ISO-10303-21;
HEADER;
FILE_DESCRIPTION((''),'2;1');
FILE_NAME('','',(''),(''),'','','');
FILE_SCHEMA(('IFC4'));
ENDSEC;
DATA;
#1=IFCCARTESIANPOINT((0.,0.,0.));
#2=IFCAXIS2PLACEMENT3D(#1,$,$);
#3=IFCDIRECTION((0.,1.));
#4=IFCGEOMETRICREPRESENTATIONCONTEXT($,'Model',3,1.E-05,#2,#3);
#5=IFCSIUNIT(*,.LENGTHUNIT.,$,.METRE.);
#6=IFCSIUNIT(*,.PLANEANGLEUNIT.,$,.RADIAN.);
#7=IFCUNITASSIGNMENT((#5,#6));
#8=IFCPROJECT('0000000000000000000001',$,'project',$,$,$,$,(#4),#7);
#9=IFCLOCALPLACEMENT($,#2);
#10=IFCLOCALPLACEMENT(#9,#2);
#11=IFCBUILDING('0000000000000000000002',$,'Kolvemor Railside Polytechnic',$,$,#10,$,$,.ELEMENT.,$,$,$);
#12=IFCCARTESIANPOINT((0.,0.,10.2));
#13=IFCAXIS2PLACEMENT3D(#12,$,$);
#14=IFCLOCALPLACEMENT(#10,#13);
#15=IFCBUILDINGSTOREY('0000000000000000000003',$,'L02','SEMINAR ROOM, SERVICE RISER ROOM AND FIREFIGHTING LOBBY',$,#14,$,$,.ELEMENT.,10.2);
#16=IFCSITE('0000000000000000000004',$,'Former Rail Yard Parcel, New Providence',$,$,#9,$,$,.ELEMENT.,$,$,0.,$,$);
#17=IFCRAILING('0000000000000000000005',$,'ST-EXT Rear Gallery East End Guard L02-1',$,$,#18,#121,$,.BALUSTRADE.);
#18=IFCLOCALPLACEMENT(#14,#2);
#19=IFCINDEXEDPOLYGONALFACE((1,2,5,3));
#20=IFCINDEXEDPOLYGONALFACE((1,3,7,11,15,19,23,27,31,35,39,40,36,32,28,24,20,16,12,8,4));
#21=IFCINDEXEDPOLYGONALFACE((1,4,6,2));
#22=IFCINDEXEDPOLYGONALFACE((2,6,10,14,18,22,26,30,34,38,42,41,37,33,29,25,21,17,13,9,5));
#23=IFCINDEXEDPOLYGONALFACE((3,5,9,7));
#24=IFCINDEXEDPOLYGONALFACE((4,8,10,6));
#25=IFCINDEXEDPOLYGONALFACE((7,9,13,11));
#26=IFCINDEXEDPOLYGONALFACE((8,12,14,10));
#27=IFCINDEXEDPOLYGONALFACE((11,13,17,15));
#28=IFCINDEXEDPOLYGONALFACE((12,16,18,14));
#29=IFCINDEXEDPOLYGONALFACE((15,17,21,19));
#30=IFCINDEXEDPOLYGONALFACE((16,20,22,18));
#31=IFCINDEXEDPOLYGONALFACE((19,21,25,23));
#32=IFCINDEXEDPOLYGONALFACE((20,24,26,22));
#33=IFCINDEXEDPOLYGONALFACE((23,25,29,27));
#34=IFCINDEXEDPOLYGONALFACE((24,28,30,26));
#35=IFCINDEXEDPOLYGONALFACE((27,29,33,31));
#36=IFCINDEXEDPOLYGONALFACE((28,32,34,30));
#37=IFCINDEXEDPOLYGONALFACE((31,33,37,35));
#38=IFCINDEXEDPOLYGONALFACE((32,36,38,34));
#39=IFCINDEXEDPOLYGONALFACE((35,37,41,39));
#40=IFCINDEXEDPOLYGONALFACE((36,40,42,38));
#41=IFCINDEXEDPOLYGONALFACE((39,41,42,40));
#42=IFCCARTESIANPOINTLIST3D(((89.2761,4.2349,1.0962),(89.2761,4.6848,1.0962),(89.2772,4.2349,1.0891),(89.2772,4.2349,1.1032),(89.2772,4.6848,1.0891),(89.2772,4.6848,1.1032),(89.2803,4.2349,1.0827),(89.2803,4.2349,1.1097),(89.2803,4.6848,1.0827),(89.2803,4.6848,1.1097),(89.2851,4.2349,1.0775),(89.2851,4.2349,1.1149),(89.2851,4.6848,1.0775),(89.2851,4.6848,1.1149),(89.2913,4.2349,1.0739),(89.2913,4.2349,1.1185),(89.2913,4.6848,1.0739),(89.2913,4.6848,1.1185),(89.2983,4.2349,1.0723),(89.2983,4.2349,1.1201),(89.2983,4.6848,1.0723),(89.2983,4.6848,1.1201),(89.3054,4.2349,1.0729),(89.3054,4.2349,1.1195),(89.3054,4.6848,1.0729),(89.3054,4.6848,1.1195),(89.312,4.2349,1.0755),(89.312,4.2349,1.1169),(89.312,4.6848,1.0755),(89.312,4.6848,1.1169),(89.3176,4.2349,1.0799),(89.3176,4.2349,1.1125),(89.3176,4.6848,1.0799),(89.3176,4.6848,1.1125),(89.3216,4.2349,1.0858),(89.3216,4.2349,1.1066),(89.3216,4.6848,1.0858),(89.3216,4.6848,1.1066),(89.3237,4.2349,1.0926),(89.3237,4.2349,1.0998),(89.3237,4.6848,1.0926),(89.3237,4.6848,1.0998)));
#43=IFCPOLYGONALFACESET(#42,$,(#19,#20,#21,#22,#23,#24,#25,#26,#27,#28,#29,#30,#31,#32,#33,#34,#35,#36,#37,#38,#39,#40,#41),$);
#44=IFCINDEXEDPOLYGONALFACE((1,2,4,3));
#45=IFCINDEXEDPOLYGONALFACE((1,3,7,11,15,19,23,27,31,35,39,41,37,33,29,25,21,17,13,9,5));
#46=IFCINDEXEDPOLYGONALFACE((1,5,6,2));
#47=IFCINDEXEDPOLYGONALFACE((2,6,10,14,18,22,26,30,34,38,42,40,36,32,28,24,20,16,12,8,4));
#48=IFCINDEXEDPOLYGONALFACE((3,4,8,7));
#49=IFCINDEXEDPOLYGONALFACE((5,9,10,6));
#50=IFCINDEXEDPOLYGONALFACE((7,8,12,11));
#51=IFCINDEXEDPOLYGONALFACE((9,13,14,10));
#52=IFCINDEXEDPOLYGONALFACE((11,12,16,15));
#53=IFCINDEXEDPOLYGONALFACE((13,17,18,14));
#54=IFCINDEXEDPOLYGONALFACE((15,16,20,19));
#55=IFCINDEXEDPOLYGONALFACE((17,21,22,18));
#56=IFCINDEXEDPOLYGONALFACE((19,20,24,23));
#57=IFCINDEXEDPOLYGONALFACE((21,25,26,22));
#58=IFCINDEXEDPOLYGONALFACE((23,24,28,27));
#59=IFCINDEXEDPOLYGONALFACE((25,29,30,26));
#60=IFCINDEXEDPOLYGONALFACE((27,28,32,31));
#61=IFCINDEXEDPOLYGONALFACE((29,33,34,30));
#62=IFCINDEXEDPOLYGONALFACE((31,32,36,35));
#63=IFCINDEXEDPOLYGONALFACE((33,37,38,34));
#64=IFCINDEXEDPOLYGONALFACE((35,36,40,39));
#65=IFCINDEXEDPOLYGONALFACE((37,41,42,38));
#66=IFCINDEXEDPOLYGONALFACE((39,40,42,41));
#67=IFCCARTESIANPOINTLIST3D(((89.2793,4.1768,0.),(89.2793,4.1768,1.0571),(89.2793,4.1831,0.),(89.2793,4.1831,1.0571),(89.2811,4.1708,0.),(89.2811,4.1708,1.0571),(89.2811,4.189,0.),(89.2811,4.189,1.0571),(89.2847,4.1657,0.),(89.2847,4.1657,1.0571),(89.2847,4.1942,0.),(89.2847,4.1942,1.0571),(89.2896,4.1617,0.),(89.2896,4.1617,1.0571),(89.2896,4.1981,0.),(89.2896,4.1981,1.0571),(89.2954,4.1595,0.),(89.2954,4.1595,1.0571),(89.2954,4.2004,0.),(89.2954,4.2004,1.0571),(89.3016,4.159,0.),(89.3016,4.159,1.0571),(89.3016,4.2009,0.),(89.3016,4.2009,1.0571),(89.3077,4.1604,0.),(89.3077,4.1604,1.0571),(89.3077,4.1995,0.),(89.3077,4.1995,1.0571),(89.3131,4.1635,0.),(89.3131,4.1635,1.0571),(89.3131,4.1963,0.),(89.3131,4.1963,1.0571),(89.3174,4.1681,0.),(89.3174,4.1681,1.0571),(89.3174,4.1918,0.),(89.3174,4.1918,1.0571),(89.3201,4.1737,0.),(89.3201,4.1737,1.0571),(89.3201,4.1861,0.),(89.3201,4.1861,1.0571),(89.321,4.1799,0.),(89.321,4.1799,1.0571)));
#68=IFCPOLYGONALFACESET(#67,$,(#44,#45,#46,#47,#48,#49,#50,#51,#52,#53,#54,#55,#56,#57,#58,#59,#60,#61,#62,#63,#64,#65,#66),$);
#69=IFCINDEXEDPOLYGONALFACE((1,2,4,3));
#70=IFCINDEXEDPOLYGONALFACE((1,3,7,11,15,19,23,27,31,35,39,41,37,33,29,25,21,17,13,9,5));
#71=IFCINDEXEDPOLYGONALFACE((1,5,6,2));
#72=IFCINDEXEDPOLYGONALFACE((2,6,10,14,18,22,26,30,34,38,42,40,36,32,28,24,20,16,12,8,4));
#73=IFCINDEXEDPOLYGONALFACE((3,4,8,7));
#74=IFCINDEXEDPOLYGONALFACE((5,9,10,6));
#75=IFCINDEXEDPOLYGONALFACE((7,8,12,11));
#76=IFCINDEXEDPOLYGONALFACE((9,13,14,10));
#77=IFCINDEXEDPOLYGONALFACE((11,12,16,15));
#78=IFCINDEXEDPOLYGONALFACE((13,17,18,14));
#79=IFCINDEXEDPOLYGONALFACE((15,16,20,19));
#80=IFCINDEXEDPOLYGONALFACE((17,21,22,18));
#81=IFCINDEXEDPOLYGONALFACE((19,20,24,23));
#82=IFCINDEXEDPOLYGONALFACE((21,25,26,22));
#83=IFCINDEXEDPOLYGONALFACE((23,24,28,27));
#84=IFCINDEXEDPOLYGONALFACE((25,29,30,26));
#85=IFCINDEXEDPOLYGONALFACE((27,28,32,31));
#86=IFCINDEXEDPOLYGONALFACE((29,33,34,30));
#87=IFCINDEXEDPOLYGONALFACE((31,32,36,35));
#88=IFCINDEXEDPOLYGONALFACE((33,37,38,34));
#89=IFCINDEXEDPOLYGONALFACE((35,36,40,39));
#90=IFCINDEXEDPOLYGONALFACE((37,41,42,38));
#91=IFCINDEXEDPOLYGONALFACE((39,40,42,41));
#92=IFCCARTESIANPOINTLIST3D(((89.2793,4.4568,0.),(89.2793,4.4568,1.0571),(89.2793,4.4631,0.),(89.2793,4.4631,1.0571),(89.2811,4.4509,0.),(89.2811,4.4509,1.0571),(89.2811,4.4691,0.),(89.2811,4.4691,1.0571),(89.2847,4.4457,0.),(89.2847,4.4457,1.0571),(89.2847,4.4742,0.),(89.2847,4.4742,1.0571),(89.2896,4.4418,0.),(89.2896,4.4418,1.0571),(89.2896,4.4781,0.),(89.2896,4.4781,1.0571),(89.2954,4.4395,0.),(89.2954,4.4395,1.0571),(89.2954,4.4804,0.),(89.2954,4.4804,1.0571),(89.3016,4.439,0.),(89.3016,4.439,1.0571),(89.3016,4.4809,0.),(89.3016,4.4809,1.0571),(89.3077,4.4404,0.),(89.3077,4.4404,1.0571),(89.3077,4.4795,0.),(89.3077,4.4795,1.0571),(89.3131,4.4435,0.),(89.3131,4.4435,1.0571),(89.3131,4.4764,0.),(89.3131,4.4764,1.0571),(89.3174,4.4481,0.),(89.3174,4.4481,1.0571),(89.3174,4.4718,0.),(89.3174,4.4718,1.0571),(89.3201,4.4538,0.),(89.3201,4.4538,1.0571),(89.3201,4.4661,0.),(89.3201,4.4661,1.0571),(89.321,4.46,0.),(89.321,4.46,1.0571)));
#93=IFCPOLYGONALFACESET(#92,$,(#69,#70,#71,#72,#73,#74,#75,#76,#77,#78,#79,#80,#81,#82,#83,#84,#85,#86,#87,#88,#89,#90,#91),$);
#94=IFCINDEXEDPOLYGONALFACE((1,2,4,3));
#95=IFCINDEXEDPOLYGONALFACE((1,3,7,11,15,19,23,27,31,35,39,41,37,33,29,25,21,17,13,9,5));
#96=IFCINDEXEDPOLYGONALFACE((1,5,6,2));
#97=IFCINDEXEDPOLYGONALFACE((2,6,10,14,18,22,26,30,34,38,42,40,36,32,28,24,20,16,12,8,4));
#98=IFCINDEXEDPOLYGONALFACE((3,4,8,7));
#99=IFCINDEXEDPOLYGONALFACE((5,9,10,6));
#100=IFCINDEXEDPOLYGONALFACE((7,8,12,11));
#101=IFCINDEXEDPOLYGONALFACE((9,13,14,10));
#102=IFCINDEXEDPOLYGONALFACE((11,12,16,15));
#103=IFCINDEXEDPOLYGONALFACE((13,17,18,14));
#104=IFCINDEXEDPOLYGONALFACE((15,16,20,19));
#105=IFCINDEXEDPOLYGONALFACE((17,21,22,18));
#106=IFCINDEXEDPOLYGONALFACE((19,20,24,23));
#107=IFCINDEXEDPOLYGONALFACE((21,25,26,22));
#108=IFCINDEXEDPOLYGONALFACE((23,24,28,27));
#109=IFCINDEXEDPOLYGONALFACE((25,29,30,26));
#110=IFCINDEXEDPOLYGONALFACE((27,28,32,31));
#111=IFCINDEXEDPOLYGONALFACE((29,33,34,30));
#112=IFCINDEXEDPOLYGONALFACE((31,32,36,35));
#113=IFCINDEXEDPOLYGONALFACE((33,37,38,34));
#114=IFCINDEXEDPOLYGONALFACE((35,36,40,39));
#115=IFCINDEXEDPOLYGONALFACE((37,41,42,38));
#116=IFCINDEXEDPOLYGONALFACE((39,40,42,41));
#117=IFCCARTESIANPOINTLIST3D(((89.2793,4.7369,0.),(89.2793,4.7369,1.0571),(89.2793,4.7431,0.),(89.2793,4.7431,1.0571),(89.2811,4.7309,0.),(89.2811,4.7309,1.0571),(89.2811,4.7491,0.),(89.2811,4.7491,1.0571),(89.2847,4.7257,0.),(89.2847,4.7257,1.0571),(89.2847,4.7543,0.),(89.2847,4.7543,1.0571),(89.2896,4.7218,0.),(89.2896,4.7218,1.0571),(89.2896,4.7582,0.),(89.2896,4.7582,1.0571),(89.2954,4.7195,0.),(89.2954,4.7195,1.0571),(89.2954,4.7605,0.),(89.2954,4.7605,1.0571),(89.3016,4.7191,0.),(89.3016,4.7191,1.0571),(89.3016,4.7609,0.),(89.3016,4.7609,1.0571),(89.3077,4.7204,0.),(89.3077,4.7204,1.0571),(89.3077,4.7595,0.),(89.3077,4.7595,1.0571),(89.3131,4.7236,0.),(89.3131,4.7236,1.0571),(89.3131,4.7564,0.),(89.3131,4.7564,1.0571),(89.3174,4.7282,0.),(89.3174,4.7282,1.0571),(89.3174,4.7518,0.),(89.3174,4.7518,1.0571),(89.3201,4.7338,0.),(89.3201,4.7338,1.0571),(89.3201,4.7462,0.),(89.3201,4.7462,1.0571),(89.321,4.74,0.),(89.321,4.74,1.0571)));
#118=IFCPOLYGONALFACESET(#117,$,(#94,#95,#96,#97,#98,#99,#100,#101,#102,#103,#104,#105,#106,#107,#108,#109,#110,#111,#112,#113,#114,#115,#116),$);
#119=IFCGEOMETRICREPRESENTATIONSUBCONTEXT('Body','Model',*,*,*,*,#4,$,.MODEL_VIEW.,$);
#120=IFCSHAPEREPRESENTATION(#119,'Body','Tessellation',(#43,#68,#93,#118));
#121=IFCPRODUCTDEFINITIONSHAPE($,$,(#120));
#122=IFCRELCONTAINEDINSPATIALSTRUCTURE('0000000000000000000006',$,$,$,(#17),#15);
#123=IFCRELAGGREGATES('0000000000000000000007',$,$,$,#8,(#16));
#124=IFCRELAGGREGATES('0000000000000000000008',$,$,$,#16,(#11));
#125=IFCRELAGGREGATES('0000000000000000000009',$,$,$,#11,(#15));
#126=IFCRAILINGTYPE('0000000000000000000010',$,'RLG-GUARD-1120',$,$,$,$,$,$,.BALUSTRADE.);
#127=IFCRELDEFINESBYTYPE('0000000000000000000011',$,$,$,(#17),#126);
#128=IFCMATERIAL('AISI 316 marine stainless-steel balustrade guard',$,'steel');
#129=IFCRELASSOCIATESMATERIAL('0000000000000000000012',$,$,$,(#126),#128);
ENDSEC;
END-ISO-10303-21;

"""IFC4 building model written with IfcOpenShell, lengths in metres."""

from ifc_helpers import new_model, si_unit, direction, frame, origin, origin_2d, place, context, subcontext, project, spatial, circle, extrude, material, type_object, element, save


model = new_model("IFC4")

# Units and contexts
model_context = context("Model", 3, precision=1e-05, world=origin(), true_north=direction((0.0, 1.0)))
body_context = subcontext(model_context, "Body", "Model", "MODEL_VIEW")
ifc_project = project(units=[si_unit("LENGTHUNIT", "METRE"), si_unit("PLANEANGLEUNIT", "RADIAN")], contexts=[model_context])

# Site, building, storey
site_placement = place(None, origin())
site = spatial("IfcSite", under=ifc_project, at=site_placement, Name="Former Rail Yard Parcel, New Providence", CompositionType="ELEMENT", RefElevation=0.0)
building_placement = place(site_placement, origin())
building = spatial("IfcBuilding", under=site, at=building_placement, Name="Kolvemor Railside Polytechnic", CompositionType="ELEMENT")
storey_placement = place(building_placement, frame((0.0, 0.0, 10.2)))
storey = spatial("IfcBuildingStorey", under=building, at=storey_placement, Name="L02", Description="SEMINAR ROOM, SERVICE RISER ROOM AND FIREFIGHTING LOBBY", CompositionType="ELEMENT", Elevation=10.2)

# Railing
ifc_material_1 = material(Name="AISI 316 marine stainless-steel balustrade guard", Category="steel")
railing_type_1 = type_object("IfcRailingType", Name="RLG-GUARD-1120", PredefinedType="BALUSTRADE", material=ifc_material_1)
railing_1_placement = place(storey_placement, frame((89.3, 4.1799, 0.0)))
element("IfcRailing", 1, at=railing_1_placement, inside=storey, type_object=railing_type_1, Name="ST-EXT Rear Gallery East End Guard L02-1", PredefinedType="BALUSTRADE", context=body_context, shape_type="SweptSolid", body=[
    extrude(circle(Radius=0.0239, at=origin_2d()), frame((0.0, 0.0549, 1.0962), z_axis=(0.0, 1.0, 0.0), x_axis=(-1.0, 0.0, 0.0)), (0.0, 0.0, 1.0), 0.45),
    extrude(circle(Radius=0.021, at=origin_2d()), origin(), (0.0, 0.0, 1.0), 1.0571),
    extrude(circle(Radius=0.021, at=origin_2d()), frame((0.0, 0.28, 0.0)), (0.0, 0.0, 1.0), 1.0571),
    extrude(circle(Radius=0.021, at=origin_2d()), frame((0.0, 0.5601, 0.0)), (0.0, 0.0, 1.0), 1.0571),
])

save(model, "model.ifc")
